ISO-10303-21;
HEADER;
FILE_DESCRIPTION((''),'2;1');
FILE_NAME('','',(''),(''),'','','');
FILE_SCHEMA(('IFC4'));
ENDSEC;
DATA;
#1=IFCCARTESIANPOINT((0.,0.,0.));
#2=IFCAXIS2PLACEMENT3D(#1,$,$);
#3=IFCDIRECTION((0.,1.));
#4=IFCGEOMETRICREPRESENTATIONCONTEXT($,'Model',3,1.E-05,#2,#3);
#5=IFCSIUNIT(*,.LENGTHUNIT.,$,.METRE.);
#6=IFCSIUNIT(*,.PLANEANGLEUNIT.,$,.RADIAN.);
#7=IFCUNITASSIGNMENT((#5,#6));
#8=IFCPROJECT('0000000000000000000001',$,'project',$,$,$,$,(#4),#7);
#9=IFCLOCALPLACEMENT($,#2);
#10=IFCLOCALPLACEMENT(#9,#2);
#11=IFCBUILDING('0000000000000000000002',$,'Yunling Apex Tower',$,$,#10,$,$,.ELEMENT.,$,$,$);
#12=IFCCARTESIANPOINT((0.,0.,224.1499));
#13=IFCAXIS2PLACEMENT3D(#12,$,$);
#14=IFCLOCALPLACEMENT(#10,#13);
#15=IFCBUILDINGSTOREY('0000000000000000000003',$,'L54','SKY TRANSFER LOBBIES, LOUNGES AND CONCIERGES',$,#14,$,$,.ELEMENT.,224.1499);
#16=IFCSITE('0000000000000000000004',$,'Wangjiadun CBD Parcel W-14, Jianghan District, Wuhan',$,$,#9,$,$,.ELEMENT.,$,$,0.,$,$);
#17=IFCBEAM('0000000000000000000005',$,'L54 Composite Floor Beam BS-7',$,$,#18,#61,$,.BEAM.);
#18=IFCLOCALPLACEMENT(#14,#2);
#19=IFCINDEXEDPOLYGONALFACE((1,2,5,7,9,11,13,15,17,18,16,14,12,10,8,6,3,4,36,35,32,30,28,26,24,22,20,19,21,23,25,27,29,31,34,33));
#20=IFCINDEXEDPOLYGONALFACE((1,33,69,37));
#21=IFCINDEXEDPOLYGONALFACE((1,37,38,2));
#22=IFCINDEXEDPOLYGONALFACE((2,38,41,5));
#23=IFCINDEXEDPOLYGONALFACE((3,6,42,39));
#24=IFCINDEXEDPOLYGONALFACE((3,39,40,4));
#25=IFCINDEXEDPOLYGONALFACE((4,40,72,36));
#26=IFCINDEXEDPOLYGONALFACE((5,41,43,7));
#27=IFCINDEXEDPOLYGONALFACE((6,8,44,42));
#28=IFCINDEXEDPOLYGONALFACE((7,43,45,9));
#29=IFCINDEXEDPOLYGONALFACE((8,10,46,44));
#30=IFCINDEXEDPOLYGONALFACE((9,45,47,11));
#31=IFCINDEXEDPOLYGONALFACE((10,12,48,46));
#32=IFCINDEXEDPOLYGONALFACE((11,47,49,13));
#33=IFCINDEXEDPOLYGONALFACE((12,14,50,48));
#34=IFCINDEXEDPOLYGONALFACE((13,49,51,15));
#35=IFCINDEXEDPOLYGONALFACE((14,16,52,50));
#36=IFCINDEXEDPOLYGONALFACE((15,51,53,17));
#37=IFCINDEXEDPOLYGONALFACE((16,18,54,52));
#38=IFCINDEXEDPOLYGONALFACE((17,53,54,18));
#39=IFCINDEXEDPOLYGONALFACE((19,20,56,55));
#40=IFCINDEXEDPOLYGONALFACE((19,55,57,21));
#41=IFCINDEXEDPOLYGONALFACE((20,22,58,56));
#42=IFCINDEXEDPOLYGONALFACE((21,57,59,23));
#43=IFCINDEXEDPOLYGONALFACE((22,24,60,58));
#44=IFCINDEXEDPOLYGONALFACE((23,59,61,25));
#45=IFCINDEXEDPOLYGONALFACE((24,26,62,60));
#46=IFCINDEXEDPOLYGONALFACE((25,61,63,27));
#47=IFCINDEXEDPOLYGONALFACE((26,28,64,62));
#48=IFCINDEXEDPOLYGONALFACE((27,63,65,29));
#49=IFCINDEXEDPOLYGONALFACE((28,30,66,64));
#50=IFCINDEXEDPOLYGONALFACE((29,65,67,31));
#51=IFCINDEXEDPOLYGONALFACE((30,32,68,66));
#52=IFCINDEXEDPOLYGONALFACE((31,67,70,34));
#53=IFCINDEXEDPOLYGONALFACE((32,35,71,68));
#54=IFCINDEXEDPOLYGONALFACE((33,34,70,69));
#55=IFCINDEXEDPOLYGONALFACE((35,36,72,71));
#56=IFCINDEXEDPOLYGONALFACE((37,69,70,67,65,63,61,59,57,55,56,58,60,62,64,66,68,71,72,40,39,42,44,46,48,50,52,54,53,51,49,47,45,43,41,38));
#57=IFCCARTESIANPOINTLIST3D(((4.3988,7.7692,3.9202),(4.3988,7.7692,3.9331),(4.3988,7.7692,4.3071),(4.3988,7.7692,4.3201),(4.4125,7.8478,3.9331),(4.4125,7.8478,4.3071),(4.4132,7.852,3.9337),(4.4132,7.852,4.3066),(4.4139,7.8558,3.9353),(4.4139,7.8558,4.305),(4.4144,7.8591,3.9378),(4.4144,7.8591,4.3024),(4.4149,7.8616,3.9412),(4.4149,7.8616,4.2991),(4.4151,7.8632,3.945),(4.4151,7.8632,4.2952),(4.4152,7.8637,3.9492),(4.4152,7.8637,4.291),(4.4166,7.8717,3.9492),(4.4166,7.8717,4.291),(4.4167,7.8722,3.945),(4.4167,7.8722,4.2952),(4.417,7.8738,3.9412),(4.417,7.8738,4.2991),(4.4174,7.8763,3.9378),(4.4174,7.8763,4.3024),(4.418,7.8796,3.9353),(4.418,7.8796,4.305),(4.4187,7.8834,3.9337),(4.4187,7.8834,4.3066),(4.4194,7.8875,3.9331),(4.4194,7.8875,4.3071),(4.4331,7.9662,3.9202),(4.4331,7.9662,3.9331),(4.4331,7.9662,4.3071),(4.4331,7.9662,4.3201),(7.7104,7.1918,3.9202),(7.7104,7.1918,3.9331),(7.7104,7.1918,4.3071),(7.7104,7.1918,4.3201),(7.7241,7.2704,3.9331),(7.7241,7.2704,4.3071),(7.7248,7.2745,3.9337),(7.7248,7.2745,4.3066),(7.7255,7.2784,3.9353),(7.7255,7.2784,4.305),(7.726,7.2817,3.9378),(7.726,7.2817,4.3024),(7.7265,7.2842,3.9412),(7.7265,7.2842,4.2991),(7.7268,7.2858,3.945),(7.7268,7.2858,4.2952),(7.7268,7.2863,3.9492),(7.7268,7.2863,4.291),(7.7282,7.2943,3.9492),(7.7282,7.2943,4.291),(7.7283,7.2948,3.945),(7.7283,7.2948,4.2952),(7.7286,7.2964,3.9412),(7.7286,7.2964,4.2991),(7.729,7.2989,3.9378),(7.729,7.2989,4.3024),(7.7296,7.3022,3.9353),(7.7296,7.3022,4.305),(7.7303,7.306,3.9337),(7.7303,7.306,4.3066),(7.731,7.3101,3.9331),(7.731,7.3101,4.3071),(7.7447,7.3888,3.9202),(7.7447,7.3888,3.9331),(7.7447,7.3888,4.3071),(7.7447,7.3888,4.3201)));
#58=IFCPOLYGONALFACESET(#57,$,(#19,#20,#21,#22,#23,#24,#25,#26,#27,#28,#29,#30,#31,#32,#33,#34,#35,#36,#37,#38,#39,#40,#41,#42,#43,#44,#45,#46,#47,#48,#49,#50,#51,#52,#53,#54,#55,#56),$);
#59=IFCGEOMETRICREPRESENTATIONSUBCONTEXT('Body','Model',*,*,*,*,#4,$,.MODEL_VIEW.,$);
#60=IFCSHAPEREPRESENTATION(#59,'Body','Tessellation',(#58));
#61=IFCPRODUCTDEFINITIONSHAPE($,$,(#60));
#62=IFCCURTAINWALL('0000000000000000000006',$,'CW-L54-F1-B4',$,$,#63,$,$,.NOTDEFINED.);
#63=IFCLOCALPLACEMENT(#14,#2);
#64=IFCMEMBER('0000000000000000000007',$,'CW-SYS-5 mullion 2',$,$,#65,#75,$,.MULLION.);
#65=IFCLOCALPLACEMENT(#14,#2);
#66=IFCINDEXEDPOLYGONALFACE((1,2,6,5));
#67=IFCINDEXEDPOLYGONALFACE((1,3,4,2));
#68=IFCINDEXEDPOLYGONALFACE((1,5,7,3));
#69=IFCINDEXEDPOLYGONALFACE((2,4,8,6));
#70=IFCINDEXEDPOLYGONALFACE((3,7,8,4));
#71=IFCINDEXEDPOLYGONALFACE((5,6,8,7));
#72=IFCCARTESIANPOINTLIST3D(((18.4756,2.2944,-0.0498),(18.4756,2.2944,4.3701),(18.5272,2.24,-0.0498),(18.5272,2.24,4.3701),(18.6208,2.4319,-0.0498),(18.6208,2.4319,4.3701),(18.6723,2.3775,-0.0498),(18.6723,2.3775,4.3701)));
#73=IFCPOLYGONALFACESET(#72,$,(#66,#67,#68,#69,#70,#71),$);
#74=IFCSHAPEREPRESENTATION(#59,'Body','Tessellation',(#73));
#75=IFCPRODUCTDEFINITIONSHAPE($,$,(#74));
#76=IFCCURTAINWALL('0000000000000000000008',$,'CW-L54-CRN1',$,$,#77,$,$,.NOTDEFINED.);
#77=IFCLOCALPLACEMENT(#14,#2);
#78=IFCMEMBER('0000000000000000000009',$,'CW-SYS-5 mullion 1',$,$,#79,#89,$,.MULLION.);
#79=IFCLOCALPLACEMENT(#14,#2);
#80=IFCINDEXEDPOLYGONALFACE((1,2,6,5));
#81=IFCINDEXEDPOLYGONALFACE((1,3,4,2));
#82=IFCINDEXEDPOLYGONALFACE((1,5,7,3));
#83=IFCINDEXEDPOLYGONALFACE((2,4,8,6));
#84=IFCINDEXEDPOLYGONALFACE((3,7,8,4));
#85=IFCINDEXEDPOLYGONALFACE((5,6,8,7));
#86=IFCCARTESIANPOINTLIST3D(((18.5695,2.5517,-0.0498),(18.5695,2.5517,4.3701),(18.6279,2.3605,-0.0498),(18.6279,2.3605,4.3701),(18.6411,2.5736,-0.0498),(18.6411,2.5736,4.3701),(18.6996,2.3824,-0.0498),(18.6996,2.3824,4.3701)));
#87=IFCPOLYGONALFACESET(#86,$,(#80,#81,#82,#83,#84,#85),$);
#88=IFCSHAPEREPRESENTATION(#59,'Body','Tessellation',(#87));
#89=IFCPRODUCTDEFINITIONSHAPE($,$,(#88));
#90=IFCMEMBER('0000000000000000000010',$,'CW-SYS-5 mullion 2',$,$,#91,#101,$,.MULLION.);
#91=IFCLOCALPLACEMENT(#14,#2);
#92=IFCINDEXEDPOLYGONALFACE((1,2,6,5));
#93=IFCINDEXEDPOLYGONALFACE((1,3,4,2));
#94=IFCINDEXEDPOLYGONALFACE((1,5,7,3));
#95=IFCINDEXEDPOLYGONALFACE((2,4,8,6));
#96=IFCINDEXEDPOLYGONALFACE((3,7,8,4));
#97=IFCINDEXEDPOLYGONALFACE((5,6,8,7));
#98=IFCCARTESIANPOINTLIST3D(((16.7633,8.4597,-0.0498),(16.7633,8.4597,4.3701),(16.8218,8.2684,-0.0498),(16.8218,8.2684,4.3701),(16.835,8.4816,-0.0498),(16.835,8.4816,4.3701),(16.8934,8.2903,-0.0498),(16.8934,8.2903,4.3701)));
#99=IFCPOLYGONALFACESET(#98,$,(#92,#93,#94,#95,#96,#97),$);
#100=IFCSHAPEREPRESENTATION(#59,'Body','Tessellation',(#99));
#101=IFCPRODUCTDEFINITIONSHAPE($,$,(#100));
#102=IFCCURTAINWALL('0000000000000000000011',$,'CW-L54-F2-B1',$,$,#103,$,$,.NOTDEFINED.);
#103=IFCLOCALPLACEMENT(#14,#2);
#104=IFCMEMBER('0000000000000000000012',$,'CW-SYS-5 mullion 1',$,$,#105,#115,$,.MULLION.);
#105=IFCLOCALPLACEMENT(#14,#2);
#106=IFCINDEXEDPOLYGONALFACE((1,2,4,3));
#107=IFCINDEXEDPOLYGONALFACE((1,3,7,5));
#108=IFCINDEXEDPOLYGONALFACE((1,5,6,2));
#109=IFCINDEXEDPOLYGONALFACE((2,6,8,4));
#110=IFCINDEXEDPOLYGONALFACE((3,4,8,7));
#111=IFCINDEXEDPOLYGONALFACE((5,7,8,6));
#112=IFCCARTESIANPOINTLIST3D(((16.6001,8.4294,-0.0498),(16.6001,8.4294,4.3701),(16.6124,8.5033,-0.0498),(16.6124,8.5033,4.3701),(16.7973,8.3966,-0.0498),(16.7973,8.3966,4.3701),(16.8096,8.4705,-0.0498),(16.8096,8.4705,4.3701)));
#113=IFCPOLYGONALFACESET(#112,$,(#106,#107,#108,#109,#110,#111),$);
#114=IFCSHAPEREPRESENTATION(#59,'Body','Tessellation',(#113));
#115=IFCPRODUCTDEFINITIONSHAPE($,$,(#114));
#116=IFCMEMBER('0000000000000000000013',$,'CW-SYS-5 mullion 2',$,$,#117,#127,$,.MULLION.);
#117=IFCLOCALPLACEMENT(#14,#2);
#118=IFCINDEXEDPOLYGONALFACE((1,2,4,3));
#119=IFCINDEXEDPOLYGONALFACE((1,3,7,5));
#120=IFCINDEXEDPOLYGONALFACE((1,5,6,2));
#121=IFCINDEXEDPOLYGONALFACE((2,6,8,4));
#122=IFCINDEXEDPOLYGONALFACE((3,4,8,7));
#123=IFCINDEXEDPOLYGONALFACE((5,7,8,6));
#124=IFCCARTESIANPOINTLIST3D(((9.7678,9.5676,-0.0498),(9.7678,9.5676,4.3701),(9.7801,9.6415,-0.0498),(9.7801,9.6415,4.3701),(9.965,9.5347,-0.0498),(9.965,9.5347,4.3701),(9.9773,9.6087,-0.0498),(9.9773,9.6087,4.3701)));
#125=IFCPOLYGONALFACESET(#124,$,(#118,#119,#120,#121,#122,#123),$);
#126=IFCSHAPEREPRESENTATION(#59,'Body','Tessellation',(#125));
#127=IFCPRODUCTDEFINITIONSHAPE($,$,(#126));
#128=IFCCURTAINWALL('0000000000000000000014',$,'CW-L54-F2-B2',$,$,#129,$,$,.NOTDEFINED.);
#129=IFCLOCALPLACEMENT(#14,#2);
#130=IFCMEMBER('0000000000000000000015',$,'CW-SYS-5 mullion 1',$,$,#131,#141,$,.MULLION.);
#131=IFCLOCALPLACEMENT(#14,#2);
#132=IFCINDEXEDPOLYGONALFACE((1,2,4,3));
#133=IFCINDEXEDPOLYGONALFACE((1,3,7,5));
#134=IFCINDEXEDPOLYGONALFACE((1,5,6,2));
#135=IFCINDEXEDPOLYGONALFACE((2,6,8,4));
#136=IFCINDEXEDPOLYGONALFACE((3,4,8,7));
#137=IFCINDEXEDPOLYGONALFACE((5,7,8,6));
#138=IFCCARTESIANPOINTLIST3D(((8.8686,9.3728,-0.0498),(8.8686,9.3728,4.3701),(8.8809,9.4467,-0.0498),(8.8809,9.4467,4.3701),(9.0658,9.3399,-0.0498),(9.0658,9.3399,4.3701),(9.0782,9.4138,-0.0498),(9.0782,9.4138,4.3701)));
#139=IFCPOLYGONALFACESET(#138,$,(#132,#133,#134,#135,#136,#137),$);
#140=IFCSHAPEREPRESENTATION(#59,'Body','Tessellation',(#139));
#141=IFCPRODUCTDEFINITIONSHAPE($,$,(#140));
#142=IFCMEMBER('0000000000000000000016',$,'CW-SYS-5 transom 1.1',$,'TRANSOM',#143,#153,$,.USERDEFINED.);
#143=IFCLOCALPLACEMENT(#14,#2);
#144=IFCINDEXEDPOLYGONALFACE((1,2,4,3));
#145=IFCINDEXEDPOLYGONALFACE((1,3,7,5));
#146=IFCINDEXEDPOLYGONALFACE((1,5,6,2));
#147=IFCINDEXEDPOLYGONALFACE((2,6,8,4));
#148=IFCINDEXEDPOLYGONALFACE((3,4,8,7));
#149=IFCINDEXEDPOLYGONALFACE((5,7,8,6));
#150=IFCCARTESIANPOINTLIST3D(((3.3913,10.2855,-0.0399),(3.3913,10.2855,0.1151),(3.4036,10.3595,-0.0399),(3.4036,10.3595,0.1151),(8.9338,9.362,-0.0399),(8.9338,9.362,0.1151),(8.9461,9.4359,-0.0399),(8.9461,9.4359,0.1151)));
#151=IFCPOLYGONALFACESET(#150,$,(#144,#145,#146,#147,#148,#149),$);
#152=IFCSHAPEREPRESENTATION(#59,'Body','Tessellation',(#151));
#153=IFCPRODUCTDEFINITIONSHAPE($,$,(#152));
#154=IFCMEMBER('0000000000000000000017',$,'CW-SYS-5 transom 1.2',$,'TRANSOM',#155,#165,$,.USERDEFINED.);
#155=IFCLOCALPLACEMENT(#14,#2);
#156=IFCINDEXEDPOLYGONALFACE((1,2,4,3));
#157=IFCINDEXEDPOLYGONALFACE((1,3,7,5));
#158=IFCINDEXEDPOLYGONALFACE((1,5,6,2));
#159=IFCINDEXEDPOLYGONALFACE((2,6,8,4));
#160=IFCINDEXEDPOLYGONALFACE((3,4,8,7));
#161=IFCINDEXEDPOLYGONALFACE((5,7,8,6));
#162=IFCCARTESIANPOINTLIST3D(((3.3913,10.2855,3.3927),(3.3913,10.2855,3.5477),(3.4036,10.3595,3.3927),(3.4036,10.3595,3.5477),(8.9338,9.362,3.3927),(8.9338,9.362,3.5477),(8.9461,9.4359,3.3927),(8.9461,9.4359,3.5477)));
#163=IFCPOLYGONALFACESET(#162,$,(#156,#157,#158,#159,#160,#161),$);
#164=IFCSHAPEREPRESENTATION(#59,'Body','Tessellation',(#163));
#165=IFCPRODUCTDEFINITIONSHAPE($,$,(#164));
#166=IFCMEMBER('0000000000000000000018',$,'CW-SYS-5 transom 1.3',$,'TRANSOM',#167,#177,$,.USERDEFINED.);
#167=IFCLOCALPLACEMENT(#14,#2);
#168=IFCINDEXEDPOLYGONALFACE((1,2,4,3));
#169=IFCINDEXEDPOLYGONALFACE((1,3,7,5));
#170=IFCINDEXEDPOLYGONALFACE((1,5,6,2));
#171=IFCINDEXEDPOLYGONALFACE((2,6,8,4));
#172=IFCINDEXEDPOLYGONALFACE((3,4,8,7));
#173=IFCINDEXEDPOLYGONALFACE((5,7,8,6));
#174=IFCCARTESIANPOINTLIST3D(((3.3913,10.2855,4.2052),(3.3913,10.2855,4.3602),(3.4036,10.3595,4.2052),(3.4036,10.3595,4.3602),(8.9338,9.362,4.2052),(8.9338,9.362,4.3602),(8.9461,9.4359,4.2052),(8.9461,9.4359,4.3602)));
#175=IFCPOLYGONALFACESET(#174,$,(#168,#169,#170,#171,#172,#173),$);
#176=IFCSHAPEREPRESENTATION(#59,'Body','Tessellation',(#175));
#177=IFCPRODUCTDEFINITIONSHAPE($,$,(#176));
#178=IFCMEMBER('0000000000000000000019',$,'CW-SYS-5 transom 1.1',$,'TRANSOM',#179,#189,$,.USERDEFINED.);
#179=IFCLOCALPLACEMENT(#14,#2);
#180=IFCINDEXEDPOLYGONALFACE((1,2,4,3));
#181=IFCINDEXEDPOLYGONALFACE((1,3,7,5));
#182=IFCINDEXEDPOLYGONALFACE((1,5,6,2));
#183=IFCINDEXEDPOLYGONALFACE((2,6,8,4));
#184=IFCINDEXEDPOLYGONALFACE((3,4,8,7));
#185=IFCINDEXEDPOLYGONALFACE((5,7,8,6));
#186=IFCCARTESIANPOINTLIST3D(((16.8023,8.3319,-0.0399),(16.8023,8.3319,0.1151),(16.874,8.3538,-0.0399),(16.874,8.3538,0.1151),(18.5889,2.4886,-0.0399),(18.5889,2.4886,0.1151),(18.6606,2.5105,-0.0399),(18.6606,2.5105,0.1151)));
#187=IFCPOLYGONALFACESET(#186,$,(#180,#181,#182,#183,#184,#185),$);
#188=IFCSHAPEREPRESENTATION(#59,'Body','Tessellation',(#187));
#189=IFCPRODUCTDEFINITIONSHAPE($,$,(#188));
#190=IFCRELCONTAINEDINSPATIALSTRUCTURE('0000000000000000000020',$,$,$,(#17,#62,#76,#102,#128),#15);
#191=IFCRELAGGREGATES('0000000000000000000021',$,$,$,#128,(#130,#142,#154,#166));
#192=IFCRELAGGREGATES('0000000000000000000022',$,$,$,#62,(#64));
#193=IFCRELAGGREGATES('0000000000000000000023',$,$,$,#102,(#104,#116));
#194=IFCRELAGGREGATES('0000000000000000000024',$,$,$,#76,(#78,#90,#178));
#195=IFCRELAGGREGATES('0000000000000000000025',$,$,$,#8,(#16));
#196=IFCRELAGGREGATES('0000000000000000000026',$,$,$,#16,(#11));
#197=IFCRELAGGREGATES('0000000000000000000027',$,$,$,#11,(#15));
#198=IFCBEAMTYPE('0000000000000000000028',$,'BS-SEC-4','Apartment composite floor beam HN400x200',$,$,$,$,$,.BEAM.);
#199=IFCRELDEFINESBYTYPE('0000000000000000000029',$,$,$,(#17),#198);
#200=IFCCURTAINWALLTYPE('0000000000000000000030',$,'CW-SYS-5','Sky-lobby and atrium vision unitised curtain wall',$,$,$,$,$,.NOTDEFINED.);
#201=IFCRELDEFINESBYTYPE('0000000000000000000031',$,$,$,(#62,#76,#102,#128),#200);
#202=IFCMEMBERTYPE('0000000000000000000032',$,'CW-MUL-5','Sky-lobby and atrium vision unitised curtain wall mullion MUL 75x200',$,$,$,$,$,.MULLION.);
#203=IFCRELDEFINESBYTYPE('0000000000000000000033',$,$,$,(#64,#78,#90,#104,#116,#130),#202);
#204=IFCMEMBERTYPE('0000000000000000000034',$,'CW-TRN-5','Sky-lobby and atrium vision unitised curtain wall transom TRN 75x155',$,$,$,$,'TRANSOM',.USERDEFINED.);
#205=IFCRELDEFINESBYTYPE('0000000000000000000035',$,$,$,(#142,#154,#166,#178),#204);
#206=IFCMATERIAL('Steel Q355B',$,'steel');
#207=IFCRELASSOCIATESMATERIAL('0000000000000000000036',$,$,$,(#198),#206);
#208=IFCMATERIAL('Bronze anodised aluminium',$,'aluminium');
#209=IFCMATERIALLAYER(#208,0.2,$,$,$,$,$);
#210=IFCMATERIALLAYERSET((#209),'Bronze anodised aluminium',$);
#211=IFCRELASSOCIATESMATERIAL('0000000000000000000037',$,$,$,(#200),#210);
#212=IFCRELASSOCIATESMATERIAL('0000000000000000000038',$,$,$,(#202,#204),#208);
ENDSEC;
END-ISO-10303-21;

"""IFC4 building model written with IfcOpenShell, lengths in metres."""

from ifc_helpers import new_model, si_unit, direction, frame, origin, origin_2d, place, context, subcontext, project, spatial, rectangle, i_section, extrude, source, transform, mapped, material, layer, layer_set, material_profile, profile_set, type_object, element, aggregate, save


model = new_model("IFC4")

# Units and contexts
model_context = context("Model", 3, precision=1e-05, world=origin(), true_north=direction((0.0, 1.0)))
body_context = subcontext(model_context, "Body", "Model", "MODEL_VIEW")
ifc_project = project(units=[si_unit("LENGTHUNIT", "METRE"), si_unit("PLANEANGLEUNIT", "RADIAN")], contexts=[model_context])

# Site, building, storey
site_placement = place(None, origin())
site = spatial("IfcSite", under=ifc_project, at=site_placement, Name="Wangjiadun CBD Parcel W-14, Jianghan District, Wuhan", CompositionType="ELEMENT", RefElevation=0.0)
building_placement = place(site_placement, origin())
building = spatial("IfcBuilding", under=site, at=building_placement, Name="Yunling Apex Tower", CompositionType="ELEMENT")
storey_placement = place(building_placement, frame((0.0, 0.0, 224.1499)))
storey = spatial("IfcBuildingStorey", under=building, at=storey_placement, Name="L54", Description="SKY TRANSFER LOBBIES, LOUNGES AND CONCIERGES", CompositionType="ELEMENT", Elevation=224.1499)

# Beam
ifc_material_1 = material(Name="Steel Q355B", Category="steel")
ifc_material_profile_1 = material_profile(ifc_material_1, i_section(OverallWidth=0.2, OverallDepth=0.3999, WebThickness=0.0081, FlangeThickness=0.0129, FilletRadius=0.0161, at=origin_2d()))
ifc_profile_set_1 = profile_set([ifc_material_profile_1], Name="Steel Q355B")
beam_type_1 = type_object("IfcBeamType", Name="BS-SEC-4", Description="Apartment composite floor beam HN400x200", PredefinedType="BEAM", material=ifc_profile_set_1)
shared_shape_1 = source(origin(), body_context, "Body", "SweptSolid", [
    extrude(i_section(OverallWidth=0.2, OverallDepth=0.3999, WebThickness=0.0081, FlangeThickness=0.0129, FilletRadius=0.0161, at=origin_2d()), origin(), (0.0, 0.0, 1.0), 3.3616),
])
beam_1_placement = place(storey_placement, frame((7.7275, 7.2903, 4.1201), z_axis=(-0.985138, 0.171767, 0.0), x_axis=(-0.171767, -0.985138, 0.0)))
element("IfcBeam", 1, at=beam_1_placement, inside=storey, type_object=beam_type_1, Name="L54 Composite Floor Beam BS-7", PredefinedType="BEAM", context=body_context, shape_type="MappedRepresentation", body=[
    mapped(shared_shape_1, transform((0.0, 0.0, 0.0), scale=1.0)),
])

# Curtain wall, member
ifc_material_2 = material(Name="Bronze anodised aluminium", Category="aluminium")
ifc_layer_1 = layer(ifc_material_2, 0.2)
ifc_layer_set_1 = layer_set([ifc_layer_1], Name="Bronze anodised aluminium")
curtain_wall_type = type_object("IfcCurtainWallType", Name="CW-SYS-5", Description="Sky-lobby and atrium vision unitised curtain wall", PredefinedType="NOTDEFINED", material=ifc_layer_set_1)
curtain_wall_1_placement = place(storey_placement, origin())
curtain_wall_1 = element("IfcCurtainWall", 2, at=curtain_wall_1_placement, inside=storey, type_object=curtain_wall_type, Name="CW-L54-F1-B4", PredefinedType="NOTDEFINED")
ifc_material_profile_2 = material_profile(ifc_material_2, rectangle(XDim=0.075, YDim=0.2, at=origin_2d()))
ifc_profile_set_2 = profile_set([ifc_material_profile_2], Name="Bronze anodised aluminium")
member_type_1 = type_object("IfcMemberType", Name="CW-MUL-5", Description="Sky-lobby and atrium vision unitised curtain wall mullion MUL 75x200", PredefinedType="MULLION", material=ifc_profile_set_2)
shared_shape_2 = source(origin(), body_context, "Body", "SweptSolid", [
    extrude(rectangle(XDim=0.075, YDim=0.2, at=origin_2d()), origin(), (0.0, 0.0, 1.0), 4.4199),
])
member_1_placement = place(storey_placement, frame((18.574, 2.3359, -0.0498), z_axis=(0.0, 0.0, 1.0), x_axis=(-0.687848, 0.725855, 0.0)))
member_1 = element("IfcMember", 3, at=member_1_placement, type_object=member_type_1, Name="CW-SYS-5 mullion 2", PredefinedType="MULLION", context=body_context, shape_type="MappedRepresentation", body=[
    mapped(shared_shape_2, transform((0.0, 0.0, 0.0), scale=1.0)),
])

# Curtain walls, members
curtain_wall_2_placement = place(storey_placement, origin())
curtain_wall_2 = element("IfcCurtainWall", 4, at=curtain_wall_2_placement, inside=storey, type_object=curtain_wall_type, Name="CW-L54-CRN1", PredefinedType="NOTDEFINED")
member_2_placement = place(storey_placement, frame((18.6345, 2.467, -0.0498), z_axis=(0.0, 0.0, 1.0), x_axis=(-0.956305, -0.292369, 0.0)))
member_2 = element("IfcMember", 5, at=member_2_placement, type_object=member_type_1, Name="CW-SYS-5 mullion 1", PredefinedType="MULLION", context=body_context, shape_type="MappedRepresentation", body=[
    mapped(shared_shape_2, transform((0.0, 0.0, 0.0), scale=1.0)),
])
member_3_placement = place(storey_placement, frame((16.8284, 8.375, -0.0498), z_axis=(0.0, 0.0, 1.0), x_axis=(-0.956305, -0.292369, 0.0)))
member_3 = element("IfcMember", 6, at=member_3_placement, type_object=member_type_1, Name="CW-SYS-5 mullion 2", PredefinedType="MULLION", context=body_context, shape_type="MappedRepresentation", body=[
    mapped(shared_shape_2, transform((0.0, 0.0, 0.0), scale=1.0)),
])
curtain_wall_3_placement = place(storey_placement, origin())
curtain_wall_3 = element("IfcCurtainWall", 7, at=curtain_wall_3_placement, inside=storey, type_object=curtain_wall_type, Name="CW-L54-F2-B1", PredefinedType="NOTDEFINED")
member_4_placement = place(storey_placement, frame((16.7048, 8.45, -0.0498), z_axis=(0.0, 0.0, 1.0), x_axis=(-0.164353, -0.986402, 0.0)))
member_4 = element("IfcMember", 8, at=member_4_placement, type_object=member_type_1, Name="CW-SYS-5 mullion 1", PredefinedType="MULLION", context=body_context, shape_type="MappedRepresentation", body=[
    mapped(shared_shape_2, transform((0.0, 0.0, 0.0), scale=1.0)),
])
member_5_placement = place(storey_placement, frame((9.8726, 9.5881, -0.0498), z_axis=(0.0, 0.0, 1.0), x_axis=(-0.164353, -0.986402, 0.0)))
member_5 = element("IfcMember", 9, at=member_5_placement, type_object=member_type_1, Name="CW-SYS-5 mullion 2", PredefinedType="MULLION", context=body_context, shape_type="MappedRepresentation", body=[
    mapped(shared_shape_2, transform((0.0, 0.0, 0.0), scale=1.0)),
])
curtain_wall_4_placement = place(storey_placement, origin())
curtain_wall_4 = element("IfcCurtainWall", 10, at=curtain_wall_4_placement, inside=storey, type_object=curtain_wall_type, Name="CW-L54-F2-B2", PredefinedType="NOTDEFINED")
member_6_placement = place(storey_placement, frame((8.9734, 9.3933, -0.0498), z_axis=(0.0, 0.0, 1.0), x_axis=(-0.164371, -0.986399, 0.0)))
member_6 = element("IfcMember", 11, at=member_6_placement, type_object=member_type_1, Name="CW-SYS-5 mullion 1", PredefinedType="MULLION", context=body_context, shape_type="MappedRepresentation", body=[
    mapped(shared_shape_2, transform((0.0, 0.0, 0.0), scale=1.0)),
])
ifc_material_profile_3 = material_profile(ifc_material_2, rectangle(XDim=0.075, YDim=0.155, at=origin_2d()))
ifc_profile_set_3 = profile_set([ifc_material_profile_3], Name="Bronze anodised aluminium")
member_type_2 = type_object("IfcMemberType", Name="CW-TRN-5", Description="Sky-lobby and atrium vision unitised curtain wall transom TRN 75x155", ElementType="TRANSOM", PredefinedType="USERDEFINED", material=ifc_profile_set_3)
shared_shape_3 = source(origin(), body_context, "Body", "SweptSolid", [
    extrude(rectangle(XDim=0.075, YDim=0.155, at=origin_2d()), origin(), (0.0, 0.0, 1.0), 5.6189),
])
member_7_placement = place(storey_placement, frame((8.9399, 9.3989, 0.0376), z_axis=(-0.986399, 0.164371, 0.0), x_axis=(-0.164371, -0.986399, 0.0)))
member_7 = element("IfcMember", 12, at=member_7_placement, type_object=member_type_2, Name="CW-SYS-5 transom 1.1", ObjectType="TRANSOM", PredefinedType="USERDEFINED", context=body_context, shape_type="MappedRepresentation", body=[
    mapped(shared_shape_3, transform((0.0, 0.0, 0.0), scale=1.0)),
])
member_8_placement = place(storey_placement, frame((8.9399, 9.3989, 3.4702), z_axis=(-0.986399, 0.164371, 0.0), x_axis=(-0.164371, -0.986399, 0.0)))
member_8 = element("IfcMember", 13, at=member_8_placement, type_object=member_type_2, Name="CW-SYS-5 transom 1.2", ObjectType="TRANSOM", PredefinedType="USERDEFINED", context=body_context, shape_type="MappedRepresentation", body=[
    mapped(shared_shape_3, transform((0.0, 0.0, 0.0), scale=1.0)),
])
member_9_placement = place(storey_placement, frame((8.9399, 9.3989, 4.2827), z_axis=(-0.986399, 0.164371, 0.0), x_axis=(-0.164371, -0.986399, 0.0)))
member_9 = element("IfcMember", 14, at=member_9_placement, type_object=member_type_2, Name="CW-SYS-5 transom 1.3", ObjectType="TRANSOM", PredefinedType="USERDEFINED", context=body_context, shape_type="MappedRepresentation", body=[
    mapped(shared_shape_3, transform((0.0, 0.0, 0.0), scale=1.0)),
])

# Member
shared_shape_4 = source(origin(), body_context, "Body", "SweptSolid", [
    extrude(rectangle(XDim=0.075, YDim=0.155, at=origin_2d()), origin(), (0.0, 0.0, 1.0), 6.1104),
])
member_10_placement = place(storey_placement, frame((18.6248, 2.4995, 0.0376), z_axis=(-0.292395, 0.956298, 0.0), x_axis=(-0.956298, -0.292395, 0.0)))
member_10 = element("IfcMember", 15, at=member_10_placement, type_object=member_type_2, Name="CW-SYS-5 transom 1.1", ObjectType="TRANSOM", PredefinedType="USERDEFINED", context=body_context, shape_type="MappedRepresentation", body=[
    mapped(shared_shape_4, transform((0.0, 0.0, 0.0), scale=1.0)),
])

aggregate(curtain_wall_4, [member_6, member_7, member_8, member_9])
aggregate(curtain_wall_1, [member_1])
aggregate(curtain_wall_3, [member_4, member_5])
aggregate(curtain_wall_2, [member_2, member_3, member_10])

save(model, "model.ifc")
